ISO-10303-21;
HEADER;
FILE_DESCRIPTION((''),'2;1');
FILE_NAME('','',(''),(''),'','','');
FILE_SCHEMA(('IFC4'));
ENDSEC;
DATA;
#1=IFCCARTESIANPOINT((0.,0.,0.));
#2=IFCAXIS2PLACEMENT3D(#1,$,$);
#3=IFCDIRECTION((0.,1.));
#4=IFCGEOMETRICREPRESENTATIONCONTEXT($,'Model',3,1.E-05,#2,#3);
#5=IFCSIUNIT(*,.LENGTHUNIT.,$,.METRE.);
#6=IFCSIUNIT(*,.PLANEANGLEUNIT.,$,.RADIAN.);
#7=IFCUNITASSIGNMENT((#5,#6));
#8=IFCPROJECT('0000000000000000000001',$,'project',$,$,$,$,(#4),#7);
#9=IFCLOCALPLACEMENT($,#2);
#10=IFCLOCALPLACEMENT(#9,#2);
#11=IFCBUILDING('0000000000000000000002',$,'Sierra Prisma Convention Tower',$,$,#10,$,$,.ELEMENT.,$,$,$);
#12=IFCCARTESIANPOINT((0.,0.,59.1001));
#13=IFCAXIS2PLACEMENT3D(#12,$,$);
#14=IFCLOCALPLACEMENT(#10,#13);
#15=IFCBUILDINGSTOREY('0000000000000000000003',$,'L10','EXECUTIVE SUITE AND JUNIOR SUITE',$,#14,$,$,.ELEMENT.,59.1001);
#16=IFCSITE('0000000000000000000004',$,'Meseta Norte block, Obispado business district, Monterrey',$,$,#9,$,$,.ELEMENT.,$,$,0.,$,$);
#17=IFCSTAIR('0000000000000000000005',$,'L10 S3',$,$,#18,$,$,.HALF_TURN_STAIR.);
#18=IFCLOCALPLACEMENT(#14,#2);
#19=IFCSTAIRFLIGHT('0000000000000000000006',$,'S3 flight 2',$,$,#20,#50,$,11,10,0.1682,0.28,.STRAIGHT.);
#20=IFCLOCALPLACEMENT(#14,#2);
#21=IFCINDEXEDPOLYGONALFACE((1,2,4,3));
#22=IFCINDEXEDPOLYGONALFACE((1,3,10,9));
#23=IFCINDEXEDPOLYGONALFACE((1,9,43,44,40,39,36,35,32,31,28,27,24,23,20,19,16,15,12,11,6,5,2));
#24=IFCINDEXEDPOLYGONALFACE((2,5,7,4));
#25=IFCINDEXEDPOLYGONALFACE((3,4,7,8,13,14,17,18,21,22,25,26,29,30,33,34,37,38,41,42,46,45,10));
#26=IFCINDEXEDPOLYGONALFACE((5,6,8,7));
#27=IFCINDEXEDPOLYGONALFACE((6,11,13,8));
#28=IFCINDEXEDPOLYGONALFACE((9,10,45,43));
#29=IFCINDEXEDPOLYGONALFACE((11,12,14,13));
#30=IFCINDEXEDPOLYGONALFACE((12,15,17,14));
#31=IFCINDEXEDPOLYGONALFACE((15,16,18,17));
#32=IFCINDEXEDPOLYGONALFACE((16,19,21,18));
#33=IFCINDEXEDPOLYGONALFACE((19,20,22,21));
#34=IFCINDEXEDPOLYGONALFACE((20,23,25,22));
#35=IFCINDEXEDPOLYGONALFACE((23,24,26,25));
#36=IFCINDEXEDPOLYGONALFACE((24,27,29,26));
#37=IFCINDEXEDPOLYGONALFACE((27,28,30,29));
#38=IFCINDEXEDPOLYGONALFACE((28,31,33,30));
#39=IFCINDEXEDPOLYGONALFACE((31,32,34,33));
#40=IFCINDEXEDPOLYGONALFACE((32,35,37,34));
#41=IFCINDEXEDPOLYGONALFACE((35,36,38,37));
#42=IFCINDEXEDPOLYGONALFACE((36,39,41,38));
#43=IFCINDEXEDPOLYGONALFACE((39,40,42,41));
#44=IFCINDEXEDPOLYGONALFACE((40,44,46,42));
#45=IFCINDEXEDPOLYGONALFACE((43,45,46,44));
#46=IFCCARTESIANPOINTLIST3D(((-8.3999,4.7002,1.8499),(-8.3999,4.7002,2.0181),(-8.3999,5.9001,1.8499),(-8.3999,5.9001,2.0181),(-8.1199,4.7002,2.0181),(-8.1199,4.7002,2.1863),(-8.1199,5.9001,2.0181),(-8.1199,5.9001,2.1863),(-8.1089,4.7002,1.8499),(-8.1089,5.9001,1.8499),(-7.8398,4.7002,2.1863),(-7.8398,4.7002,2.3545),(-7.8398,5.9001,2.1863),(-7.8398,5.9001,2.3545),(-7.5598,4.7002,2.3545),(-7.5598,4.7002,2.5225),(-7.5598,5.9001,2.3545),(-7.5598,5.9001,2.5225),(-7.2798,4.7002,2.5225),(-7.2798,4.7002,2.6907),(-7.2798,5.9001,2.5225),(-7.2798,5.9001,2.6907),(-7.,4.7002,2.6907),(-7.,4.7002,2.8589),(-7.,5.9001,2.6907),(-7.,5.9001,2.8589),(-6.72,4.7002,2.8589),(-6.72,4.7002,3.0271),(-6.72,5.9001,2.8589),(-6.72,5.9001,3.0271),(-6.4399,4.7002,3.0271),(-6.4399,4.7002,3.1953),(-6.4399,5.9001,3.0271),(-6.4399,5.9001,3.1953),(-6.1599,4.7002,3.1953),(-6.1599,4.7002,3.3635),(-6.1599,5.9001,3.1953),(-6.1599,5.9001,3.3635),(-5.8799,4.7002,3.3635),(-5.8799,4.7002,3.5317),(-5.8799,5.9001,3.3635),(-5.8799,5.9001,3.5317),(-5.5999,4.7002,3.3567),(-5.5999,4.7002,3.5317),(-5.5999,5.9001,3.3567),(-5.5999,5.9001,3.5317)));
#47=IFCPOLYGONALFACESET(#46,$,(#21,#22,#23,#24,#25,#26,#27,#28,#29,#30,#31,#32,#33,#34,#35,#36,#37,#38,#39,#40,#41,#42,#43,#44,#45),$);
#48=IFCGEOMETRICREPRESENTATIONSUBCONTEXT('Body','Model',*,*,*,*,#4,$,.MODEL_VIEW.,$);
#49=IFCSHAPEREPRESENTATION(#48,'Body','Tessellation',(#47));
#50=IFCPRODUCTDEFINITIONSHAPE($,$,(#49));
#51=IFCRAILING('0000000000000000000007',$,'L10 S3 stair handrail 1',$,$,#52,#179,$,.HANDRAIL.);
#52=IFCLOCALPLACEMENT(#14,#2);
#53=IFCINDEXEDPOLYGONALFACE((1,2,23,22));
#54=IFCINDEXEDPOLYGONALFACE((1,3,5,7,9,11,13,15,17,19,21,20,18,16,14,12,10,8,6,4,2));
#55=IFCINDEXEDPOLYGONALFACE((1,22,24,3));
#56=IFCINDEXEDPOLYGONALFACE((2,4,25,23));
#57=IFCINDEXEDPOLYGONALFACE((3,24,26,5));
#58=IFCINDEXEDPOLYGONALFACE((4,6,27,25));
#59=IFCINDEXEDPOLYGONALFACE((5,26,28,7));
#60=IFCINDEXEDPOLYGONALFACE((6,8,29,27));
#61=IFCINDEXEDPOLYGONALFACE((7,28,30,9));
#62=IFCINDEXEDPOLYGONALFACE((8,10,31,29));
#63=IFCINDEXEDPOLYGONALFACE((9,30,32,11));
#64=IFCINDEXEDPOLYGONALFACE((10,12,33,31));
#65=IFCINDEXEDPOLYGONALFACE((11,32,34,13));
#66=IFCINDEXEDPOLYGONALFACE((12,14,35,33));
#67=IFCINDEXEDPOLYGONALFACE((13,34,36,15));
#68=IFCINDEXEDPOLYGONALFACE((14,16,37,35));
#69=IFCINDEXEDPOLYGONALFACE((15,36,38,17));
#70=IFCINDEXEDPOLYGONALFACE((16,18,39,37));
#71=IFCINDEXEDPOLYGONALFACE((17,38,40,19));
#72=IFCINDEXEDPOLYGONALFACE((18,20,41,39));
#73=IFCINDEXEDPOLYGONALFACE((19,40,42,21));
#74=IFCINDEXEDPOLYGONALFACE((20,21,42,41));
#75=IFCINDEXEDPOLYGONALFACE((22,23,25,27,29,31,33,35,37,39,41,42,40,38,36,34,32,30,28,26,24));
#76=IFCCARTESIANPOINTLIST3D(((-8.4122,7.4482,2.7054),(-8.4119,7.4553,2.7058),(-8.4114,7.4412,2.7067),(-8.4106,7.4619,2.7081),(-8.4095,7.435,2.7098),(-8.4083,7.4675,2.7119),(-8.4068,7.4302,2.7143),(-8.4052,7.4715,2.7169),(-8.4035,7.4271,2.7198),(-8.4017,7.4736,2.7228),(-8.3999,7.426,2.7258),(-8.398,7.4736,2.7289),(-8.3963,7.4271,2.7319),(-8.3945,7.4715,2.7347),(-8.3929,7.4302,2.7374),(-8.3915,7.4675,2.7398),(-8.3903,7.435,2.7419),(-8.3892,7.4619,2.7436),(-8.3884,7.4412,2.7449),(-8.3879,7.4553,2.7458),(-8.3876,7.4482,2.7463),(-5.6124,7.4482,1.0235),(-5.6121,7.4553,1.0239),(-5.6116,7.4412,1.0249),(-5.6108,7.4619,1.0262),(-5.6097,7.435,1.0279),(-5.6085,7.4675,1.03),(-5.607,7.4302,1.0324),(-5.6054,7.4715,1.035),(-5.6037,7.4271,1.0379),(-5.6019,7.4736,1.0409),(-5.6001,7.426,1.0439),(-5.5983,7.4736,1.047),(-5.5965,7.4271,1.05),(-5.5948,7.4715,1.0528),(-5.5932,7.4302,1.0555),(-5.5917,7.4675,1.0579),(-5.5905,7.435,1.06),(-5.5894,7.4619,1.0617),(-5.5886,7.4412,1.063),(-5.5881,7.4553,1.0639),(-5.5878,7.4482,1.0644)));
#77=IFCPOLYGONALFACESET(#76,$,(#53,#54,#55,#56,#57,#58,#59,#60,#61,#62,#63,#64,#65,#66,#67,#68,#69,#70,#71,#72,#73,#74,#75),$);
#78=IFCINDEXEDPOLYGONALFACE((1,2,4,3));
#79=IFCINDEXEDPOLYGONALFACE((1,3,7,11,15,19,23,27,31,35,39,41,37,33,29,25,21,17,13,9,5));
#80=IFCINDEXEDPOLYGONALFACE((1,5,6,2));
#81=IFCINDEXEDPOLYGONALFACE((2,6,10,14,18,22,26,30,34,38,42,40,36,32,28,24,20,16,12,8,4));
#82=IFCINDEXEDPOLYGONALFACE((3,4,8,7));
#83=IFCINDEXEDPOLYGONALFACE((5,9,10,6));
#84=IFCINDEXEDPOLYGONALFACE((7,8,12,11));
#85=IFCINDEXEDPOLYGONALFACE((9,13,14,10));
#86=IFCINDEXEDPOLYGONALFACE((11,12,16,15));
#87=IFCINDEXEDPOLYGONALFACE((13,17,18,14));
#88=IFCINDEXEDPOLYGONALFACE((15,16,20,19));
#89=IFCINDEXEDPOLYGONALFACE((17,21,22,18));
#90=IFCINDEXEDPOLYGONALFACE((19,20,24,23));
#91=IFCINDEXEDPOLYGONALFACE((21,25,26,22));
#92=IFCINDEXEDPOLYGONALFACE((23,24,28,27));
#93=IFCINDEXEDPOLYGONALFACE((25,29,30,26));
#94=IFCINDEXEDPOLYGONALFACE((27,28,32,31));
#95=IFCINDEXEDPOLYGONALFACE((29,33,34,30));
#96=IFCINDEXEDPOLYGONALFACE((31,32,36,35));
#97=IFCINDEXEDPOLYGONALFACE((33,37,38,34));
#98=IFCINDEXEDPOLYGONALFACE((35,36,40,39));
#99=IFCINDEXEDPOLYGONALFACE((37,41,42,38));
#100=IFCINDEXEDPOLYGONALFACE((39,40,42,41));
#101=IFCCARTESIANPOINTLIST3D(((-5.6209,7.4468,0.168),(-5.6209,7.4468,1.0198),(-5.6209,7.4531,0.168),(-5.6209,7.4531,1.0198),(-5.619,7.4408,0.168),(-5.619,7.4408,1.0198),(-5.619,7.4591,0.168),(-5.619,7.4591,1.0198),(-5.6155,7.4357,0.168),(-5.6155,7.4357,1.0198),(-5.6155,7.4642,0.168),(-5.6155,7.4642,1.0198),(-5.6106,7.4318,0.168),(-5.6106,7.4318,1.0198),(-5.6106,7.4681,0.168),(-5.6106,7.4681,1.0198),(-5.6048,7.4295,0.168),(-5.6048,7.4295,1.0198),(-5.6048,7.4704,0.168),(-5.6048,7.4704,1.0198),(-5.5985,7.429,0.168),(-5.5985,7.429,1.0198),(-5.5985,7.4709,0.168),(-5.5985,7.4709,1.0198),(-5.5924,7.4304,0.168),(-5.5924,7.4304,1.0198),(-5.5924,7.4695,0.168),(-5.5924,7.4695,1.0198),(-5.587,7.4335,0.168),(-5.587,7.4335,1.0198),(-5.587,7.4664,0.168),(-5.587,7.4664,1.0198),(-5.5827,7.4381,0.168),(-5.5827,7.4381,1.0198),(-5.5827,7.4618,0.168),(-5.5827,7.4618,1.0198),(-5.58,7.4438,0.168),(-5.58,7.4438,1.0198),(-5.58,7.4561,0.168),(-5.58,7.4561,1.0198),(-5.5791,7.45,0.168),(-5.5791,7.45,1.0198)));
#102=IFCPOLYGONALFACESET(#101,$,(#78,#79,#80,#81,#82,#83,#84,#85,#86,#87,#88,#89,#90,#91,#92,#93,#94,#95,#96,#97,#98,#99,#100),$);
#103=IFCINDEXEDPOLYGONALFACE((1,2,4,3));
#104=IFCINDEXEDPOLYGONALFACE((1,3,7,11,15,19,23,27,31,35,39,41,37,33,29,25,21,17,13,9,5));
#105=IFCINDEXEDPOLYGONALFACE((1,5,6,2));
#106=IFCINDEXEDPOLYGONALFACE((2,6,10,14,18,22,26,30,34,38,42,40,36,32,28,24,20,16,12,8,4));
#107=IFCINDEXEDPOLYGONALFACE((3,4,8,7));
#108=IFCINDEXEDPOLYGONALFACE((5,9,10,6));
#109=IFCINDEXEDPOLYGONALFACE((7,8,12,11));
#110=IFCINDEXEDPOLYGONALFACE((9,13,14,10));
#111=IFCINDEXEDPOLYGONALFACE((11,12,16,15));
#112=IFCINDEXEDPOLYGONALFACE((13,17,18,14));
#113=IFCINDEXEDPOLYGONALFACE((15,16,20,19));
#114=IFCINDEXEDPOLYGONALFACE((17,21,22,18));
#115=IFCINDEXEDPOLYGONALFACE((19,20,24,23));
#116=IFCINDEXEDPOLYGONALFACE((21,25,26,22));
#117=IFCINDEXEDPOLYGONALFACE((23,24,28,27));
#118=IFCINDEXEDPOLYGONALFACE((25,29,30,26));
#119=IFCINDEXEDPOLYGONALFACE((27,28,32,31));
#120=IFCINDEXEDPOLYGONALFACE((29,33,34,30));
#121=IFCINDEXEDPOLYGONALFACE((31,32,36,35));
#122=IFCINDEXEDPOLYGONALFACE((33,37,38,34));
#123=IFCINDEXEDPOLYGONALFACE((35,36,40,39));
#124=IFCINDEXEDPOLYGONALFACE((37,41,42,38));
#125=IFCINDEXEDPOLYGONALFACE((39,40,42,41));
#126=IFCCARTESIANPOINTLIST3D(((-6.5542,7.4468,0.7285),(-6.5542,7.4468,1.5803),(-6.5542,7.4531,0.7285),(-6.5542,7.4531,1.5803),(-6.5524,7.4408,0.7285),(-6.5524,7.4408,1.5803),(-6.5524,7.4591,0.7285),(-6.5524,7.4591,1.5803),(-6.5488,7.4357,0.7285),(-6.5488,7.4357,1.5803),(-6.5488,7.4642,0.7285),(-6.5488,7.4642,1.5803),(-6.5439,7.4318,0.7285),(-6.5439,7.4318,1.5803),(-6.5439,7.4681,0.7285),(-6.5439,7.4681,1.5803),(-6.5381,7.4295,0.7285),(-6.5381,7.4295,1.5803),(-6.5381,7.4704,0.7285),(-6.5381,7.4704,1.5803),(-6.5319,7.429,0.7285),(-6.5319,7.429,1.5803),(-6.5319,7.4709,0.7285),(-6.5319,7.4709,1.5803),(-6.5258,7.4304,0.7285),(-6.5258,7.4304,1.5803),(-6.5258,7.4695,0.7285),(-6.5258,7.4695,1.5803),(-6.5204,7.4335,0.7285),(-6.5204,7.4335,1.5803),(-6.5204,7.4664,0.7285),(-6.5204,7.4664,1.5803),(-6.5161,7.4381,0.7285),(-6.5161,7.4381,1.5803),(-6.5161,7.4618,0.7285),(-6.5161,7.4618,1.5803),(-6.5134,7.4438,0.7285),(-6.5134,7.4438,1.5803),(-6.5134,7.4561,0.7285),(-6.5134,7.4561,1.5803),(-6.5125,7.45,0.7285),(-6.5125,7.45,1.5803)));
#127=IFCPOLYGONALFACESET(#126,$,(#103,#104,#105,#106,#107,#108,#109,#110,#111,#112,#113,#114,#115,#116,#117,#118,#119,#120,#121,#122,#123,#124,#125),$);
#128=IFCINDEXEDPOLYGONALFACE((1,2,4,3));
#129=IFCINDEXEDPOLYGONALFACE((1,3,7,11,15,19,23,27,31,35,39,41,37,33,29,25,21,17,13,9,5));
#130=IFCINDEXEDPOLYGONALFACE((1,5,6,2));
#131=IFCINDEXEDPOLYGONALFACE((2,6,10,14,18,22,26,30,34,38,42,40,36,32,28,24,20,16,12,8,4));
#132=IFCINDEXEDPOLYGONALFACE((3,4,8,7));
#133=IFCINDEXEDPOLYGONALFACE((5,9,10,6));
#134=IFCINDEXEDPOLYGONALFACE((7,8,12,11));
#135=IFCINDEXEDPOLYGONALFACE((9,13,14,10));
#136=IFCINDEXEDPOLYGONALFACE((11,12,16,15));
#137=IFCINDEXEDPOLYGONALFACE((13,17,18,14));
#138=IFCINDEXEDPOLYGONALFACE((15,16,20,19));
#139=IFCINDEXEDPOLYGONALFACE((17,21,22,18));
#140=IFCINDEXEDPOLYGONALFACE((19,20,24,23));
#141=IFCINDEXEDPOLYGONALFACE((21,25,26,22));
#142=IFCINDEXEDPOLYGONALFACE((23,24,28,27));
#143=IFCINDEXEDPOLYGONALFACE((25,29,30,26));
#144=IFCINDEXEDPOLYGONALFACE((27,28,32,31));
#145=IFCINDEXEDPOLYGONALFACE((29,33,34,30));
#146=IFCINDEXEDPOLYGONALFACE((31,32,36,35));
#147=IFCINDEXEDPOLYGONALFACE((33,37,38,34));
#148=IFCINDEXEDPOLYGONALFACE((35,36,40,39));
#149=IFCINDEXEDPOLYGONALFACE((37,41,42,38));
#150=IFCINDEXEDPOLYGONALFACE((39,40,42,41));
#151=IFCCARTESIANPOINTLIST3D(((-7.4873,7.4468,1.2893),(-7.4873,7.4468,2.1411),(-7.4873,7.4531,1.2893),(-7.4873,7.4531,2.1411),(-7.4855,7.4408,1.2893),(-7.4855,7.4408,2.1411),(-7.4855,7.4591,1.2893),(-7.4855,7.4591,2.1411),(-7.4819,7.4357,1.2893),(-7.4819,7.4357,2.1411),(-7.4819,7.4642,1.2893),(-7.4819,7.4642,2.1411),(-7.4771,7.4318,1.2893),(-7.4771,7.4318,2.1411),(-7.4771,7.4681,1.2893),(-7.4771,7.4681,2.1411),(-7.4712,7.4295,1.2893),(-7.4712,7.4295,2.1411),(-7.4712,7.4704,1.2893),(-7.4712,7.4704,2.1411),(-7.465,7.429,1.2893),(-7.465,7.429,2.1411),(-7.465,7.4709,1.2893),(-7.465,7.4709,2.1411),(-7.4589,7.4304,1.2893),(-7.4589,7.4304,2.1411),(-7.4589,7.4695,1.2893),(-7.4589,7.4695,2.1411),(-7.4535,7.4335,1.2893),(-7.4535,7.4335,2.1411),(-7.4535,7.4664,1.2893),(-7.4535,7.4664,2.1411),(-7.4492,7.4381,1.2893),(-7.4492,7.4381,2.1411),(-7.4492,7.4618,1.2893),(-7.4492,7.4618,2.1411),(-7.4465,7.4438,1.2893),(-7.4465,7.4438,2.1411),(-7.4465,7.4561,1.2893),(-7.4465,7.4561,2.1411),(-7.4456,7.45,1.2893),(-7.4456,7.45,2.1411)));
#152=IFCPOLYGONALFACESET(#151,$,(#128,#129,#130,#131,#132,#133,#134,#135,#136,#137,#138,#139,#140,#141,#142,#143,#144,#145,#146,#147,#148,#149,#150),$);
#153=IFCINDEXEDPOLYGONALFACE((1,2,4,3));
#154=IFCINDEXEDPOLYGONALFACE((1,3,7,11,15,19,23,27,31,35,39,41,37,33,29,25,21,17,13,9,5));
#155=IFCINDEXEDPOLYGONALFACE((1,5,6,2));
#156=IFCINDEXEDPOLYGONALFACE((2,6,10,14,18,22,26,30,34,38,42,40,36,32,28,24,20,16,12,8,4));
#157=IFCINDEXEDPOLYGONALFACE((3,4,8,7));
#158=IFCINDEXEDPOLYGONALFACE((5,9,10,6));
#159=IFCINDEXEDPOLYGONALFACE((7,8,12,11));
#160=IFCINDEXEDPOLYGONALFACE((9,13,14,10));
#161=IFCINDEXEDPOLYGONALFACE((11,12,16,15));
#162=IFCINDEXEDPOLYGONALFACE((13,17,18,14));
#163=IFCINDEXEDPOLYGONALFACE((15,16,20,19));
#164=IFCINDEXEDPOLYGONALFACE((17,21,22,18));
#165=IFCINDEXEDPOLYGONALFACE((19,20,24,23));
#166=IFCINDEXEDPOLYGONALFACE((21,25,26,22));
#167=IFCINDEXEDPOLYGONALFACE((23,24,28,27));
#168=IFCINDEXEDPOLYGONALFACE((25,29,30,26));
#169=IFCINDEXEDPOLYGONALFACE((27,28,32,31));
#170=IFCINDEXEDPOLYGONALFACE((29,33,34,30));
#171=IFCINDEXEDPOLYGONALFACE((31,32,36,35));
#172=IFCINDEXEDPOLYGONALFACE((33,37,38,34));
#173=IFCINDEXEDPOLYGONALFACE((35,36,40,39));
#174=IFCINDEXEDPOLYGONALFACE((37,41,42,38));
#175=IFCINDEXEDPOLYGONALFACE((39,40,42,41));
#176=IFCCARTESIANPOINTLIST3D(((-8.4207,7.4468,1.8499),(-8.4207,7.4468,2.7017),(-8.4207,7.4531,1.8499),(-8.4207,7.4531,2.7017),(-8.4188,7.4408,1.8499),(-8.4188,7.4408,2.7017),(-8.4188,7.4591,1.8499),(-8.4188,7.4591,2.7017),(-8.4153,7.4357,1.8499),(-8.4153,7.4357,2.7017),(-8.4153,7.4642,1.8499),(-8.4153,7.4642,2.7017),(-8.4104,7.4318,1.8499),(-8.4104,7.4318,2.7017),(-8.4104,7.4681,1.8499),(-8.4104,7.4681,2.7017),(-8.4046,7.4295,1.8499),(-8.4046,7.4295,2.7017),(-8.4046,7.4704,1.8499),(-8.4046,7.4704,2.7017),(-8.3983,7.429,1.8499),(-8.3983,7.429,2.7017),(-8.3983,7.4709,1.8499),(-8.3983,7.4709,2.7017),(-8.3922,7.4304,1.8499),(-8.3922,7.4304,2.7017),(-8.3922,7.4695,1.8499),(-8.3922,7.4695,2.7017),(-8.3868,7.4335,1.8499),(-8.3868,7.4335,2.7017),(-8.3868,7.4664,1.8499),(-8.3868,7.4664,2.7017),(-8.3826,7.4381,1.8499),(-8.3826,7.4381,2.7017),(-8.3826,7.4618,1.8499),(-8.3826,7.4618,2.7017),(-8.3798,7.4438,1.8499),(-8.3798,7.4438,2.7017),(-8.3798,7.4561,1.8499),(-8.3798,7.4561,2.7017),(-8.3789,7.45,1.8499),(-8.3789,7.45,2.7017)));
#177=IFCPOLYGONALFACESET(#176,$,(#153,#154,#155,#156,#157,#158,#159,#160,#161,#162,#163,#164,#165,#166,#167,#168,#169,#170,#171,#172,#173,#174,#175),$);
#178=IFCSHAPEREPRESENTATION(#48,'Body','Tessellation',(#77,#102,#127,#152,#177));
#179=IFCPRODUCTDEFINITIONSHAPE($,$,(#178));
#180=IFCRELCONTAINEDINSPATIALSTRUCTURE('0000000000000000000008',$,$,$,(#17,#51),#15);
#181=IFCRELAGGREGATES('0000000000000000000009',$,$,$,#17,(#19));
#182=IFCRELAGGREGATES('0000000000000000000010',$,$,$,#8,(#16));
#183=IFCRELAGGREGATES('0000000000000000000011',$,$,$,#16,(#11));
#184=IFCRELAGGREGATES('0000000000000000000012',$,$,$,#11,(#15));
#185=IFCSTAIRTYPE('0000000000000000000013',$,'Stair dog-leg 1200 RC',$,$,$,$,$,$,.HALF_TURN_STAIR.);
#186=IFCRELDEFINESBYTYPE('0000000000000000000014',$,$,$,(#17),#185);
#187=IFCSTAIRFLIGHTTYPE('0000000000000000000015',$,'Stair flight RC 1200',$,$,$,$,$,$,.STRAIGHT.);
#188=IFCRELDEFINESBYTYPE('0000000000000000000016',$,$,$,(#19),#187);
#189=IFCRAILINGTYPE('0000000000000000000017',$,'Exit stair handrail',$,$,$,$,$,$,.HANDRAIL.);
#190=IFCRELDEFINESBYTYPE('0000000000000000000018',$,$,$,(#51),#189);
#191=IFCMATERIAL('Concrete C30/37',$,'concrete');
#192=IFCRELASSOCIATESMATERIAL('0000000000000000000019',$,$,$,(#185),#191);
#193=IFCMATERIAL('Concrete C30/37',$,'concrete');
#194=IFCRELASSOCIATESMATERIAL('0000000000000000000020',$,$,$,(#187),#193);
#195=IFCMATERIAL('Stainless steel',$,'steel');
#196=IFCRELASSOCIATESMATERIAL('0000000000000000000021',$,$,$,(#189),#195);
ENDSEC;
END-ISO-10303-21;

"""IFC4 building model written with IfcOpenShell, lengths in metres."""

from ifc_helpers import new_model, si_unit, direction, frame, origin, origin_2d, place, context, subcontext, project, spatial, polyline, circle, outline, extrude, material, type_object, element, aggregate, save


model = new_model("IFC4")

# Units and contexts
model_context = context("Model", 3, precision=1e-05, world=origin(), true_north=direction((0.0, 1.0)))
body_context = subcontext(model_context, "Body", "Model", "MODEL_VIEW")
ifc_project = project(units=[si_unit("LENGTHUNIT", "METRE"), si_unit("PLANEANGLEUNIT", "RADIAN")], contexts=[model_context])

# Site, building, storey
site_placement = place(None, origin())
site = spatial("IfcSite", under=ifc_project, at=site_placement, Name="Meseta Norte block, Obispado business district, Monterrey", CompositionType="ELEMENT", RefElevation=0.0)
building_placement = place(site_placement, origin())
building = spatial("IfcBuilding", under=site, at=building_placement, Name="Sierra Prisma Convention Tower", CompositionType="ELEMENT")
storey_placement = place(building_placement, frame((0.0, 0.0, 59.1001)))
storey = spatial("IfcBuildingStorey", under=building, at=storey_placement, Name="L10", Description="EXECUTIVE SUITE AND JUNIOR SUITE", CompositionType="ELEMENT", Elevation=59.1001)

# Stair, stair flight
ifc_material_1 = material(Name="Concrete C30/37", Category="concrete")
stair_type = type_object("IfcStairType", Name="Stair dog-leg 1200 RC", PredefinedType="HALF_TURN_STAIR", material=ifc_material_1)
stair_placement = place(storey_placement, origin())
stair = element("IfcStair", 1, at=stair_placement, inside=storey, type_object=stair_type, Name="L10 S3", PredefinedType="HALF_TURN_STAIR")
ifc_material_2 = material(Name="Concrete C30/37", Category="concrete")
stair_flight_type = type_object("IfcStairFlightType", Name="Stair flight RC 1200", PredefinedType="STRAIGHT", material=ifc_material_2)
stair_flight_1_placement = place(storey_placement, frame((-8.3999, 5.3, 1.8499), z_axis=(0.0, 0.0, 1.0), x_axis=(1.0, 0.0, 0.0)))
stair_flight_1 = element("IfcStairFlight", 2, at=stair_flight_1_placement, type_object=stair_flight_type, Name="S3 flight 2", NumberOfRisers=11, NumberOfTreads=10, PredefinedType="STRAIGHT", RiserHeight=0.1682, TreadLength=0.28, context=body_context, shape_type="SweptSolid", body=[
    extrude(outline(polyline([(0.0, 0.0), (0.0, 0.1682), (0.28, 0.1682), (0.28, 0.3364), (0.5601, 0.3364), (0.5601, 0.5046), (0.8401, 0.5046), (0.8401, 0.6726), (1.1201, 0.6726), (1.1201, 0.8408), (1.3999, 0.8408), (1.3999, 1.009), (1.6799, 1.009), (1.6799, 1.1772), (1.96, 1.1772), (1.96, 1.3455), (2.24, 1.3455), (2.24, 1.5137), (2.52, 1.5137), (2.52, 1.6819), (2.8, 1.6819), (2.8, 1.8501), (2.8, 1.5068), (0.291, 0.0), (0.0, 0.0)])), frame((0.0, 0.6001, 0.0), z_axis=(0.0, -1.0, 0.0), x_axis=(1.0, 0.0, 0.0)), (0.0, 0.0, 1.0), 1.2),
])
aggregate(stair, [stair_flight_1])

# Railing
ifc_material_3 = material(Name="Stainless steel", Category="steel")
railing_type_1 = type_object("IfcRailingType", Name="Exit stair handrail", PredefinedType="HANDRAIL", material=ifc_material_3)
railing_1_placement = place(storey_placement, frame((-5.6001, 7.45, 0.168)))
element("IfcRailing", 3, at=railing_1_placement, inside=storey, type_object=railing_type_1, Name="L10 S3 stair handrail 1", PredefinedType="HANDRAIL", context=body_context, shape_type="SweptSolid", body=[
    extrude(circle(Radius=0.0239, at=origin_2d()), frame((0.0, 0.0, 0.876), z_axis=(-0.857222, 0.0, 0.514946), x_axis=(0.0, -1.0, 0.0)), (0.0, 0.0, 1.0), 3.2661),
    extrude(circle(Radius=0.021, at=origin_2d()), origin(), (0.0, 0.0, 1.0), 0.8518),
    extrude(circle(Radius=0.021, at=origin_2d()), frame((-0.9333, 0.0, 0.5605)), (0.0, 0.0, 1.0), 0.8518),
    extrude(circle(Radius=0.021, at=origin_2d()), frame((-1.8665, 0.0, 1.1213)), (0.0, 0.0, 1.0), 0.8518),
    extrude(circle(Radius=0.021, at=origin_2d()), frame((-2.7998, 0.0, 1.6819)), (0.0, 0.0, 1.0), 0.8518),
])

save(model, "model.ifc")
